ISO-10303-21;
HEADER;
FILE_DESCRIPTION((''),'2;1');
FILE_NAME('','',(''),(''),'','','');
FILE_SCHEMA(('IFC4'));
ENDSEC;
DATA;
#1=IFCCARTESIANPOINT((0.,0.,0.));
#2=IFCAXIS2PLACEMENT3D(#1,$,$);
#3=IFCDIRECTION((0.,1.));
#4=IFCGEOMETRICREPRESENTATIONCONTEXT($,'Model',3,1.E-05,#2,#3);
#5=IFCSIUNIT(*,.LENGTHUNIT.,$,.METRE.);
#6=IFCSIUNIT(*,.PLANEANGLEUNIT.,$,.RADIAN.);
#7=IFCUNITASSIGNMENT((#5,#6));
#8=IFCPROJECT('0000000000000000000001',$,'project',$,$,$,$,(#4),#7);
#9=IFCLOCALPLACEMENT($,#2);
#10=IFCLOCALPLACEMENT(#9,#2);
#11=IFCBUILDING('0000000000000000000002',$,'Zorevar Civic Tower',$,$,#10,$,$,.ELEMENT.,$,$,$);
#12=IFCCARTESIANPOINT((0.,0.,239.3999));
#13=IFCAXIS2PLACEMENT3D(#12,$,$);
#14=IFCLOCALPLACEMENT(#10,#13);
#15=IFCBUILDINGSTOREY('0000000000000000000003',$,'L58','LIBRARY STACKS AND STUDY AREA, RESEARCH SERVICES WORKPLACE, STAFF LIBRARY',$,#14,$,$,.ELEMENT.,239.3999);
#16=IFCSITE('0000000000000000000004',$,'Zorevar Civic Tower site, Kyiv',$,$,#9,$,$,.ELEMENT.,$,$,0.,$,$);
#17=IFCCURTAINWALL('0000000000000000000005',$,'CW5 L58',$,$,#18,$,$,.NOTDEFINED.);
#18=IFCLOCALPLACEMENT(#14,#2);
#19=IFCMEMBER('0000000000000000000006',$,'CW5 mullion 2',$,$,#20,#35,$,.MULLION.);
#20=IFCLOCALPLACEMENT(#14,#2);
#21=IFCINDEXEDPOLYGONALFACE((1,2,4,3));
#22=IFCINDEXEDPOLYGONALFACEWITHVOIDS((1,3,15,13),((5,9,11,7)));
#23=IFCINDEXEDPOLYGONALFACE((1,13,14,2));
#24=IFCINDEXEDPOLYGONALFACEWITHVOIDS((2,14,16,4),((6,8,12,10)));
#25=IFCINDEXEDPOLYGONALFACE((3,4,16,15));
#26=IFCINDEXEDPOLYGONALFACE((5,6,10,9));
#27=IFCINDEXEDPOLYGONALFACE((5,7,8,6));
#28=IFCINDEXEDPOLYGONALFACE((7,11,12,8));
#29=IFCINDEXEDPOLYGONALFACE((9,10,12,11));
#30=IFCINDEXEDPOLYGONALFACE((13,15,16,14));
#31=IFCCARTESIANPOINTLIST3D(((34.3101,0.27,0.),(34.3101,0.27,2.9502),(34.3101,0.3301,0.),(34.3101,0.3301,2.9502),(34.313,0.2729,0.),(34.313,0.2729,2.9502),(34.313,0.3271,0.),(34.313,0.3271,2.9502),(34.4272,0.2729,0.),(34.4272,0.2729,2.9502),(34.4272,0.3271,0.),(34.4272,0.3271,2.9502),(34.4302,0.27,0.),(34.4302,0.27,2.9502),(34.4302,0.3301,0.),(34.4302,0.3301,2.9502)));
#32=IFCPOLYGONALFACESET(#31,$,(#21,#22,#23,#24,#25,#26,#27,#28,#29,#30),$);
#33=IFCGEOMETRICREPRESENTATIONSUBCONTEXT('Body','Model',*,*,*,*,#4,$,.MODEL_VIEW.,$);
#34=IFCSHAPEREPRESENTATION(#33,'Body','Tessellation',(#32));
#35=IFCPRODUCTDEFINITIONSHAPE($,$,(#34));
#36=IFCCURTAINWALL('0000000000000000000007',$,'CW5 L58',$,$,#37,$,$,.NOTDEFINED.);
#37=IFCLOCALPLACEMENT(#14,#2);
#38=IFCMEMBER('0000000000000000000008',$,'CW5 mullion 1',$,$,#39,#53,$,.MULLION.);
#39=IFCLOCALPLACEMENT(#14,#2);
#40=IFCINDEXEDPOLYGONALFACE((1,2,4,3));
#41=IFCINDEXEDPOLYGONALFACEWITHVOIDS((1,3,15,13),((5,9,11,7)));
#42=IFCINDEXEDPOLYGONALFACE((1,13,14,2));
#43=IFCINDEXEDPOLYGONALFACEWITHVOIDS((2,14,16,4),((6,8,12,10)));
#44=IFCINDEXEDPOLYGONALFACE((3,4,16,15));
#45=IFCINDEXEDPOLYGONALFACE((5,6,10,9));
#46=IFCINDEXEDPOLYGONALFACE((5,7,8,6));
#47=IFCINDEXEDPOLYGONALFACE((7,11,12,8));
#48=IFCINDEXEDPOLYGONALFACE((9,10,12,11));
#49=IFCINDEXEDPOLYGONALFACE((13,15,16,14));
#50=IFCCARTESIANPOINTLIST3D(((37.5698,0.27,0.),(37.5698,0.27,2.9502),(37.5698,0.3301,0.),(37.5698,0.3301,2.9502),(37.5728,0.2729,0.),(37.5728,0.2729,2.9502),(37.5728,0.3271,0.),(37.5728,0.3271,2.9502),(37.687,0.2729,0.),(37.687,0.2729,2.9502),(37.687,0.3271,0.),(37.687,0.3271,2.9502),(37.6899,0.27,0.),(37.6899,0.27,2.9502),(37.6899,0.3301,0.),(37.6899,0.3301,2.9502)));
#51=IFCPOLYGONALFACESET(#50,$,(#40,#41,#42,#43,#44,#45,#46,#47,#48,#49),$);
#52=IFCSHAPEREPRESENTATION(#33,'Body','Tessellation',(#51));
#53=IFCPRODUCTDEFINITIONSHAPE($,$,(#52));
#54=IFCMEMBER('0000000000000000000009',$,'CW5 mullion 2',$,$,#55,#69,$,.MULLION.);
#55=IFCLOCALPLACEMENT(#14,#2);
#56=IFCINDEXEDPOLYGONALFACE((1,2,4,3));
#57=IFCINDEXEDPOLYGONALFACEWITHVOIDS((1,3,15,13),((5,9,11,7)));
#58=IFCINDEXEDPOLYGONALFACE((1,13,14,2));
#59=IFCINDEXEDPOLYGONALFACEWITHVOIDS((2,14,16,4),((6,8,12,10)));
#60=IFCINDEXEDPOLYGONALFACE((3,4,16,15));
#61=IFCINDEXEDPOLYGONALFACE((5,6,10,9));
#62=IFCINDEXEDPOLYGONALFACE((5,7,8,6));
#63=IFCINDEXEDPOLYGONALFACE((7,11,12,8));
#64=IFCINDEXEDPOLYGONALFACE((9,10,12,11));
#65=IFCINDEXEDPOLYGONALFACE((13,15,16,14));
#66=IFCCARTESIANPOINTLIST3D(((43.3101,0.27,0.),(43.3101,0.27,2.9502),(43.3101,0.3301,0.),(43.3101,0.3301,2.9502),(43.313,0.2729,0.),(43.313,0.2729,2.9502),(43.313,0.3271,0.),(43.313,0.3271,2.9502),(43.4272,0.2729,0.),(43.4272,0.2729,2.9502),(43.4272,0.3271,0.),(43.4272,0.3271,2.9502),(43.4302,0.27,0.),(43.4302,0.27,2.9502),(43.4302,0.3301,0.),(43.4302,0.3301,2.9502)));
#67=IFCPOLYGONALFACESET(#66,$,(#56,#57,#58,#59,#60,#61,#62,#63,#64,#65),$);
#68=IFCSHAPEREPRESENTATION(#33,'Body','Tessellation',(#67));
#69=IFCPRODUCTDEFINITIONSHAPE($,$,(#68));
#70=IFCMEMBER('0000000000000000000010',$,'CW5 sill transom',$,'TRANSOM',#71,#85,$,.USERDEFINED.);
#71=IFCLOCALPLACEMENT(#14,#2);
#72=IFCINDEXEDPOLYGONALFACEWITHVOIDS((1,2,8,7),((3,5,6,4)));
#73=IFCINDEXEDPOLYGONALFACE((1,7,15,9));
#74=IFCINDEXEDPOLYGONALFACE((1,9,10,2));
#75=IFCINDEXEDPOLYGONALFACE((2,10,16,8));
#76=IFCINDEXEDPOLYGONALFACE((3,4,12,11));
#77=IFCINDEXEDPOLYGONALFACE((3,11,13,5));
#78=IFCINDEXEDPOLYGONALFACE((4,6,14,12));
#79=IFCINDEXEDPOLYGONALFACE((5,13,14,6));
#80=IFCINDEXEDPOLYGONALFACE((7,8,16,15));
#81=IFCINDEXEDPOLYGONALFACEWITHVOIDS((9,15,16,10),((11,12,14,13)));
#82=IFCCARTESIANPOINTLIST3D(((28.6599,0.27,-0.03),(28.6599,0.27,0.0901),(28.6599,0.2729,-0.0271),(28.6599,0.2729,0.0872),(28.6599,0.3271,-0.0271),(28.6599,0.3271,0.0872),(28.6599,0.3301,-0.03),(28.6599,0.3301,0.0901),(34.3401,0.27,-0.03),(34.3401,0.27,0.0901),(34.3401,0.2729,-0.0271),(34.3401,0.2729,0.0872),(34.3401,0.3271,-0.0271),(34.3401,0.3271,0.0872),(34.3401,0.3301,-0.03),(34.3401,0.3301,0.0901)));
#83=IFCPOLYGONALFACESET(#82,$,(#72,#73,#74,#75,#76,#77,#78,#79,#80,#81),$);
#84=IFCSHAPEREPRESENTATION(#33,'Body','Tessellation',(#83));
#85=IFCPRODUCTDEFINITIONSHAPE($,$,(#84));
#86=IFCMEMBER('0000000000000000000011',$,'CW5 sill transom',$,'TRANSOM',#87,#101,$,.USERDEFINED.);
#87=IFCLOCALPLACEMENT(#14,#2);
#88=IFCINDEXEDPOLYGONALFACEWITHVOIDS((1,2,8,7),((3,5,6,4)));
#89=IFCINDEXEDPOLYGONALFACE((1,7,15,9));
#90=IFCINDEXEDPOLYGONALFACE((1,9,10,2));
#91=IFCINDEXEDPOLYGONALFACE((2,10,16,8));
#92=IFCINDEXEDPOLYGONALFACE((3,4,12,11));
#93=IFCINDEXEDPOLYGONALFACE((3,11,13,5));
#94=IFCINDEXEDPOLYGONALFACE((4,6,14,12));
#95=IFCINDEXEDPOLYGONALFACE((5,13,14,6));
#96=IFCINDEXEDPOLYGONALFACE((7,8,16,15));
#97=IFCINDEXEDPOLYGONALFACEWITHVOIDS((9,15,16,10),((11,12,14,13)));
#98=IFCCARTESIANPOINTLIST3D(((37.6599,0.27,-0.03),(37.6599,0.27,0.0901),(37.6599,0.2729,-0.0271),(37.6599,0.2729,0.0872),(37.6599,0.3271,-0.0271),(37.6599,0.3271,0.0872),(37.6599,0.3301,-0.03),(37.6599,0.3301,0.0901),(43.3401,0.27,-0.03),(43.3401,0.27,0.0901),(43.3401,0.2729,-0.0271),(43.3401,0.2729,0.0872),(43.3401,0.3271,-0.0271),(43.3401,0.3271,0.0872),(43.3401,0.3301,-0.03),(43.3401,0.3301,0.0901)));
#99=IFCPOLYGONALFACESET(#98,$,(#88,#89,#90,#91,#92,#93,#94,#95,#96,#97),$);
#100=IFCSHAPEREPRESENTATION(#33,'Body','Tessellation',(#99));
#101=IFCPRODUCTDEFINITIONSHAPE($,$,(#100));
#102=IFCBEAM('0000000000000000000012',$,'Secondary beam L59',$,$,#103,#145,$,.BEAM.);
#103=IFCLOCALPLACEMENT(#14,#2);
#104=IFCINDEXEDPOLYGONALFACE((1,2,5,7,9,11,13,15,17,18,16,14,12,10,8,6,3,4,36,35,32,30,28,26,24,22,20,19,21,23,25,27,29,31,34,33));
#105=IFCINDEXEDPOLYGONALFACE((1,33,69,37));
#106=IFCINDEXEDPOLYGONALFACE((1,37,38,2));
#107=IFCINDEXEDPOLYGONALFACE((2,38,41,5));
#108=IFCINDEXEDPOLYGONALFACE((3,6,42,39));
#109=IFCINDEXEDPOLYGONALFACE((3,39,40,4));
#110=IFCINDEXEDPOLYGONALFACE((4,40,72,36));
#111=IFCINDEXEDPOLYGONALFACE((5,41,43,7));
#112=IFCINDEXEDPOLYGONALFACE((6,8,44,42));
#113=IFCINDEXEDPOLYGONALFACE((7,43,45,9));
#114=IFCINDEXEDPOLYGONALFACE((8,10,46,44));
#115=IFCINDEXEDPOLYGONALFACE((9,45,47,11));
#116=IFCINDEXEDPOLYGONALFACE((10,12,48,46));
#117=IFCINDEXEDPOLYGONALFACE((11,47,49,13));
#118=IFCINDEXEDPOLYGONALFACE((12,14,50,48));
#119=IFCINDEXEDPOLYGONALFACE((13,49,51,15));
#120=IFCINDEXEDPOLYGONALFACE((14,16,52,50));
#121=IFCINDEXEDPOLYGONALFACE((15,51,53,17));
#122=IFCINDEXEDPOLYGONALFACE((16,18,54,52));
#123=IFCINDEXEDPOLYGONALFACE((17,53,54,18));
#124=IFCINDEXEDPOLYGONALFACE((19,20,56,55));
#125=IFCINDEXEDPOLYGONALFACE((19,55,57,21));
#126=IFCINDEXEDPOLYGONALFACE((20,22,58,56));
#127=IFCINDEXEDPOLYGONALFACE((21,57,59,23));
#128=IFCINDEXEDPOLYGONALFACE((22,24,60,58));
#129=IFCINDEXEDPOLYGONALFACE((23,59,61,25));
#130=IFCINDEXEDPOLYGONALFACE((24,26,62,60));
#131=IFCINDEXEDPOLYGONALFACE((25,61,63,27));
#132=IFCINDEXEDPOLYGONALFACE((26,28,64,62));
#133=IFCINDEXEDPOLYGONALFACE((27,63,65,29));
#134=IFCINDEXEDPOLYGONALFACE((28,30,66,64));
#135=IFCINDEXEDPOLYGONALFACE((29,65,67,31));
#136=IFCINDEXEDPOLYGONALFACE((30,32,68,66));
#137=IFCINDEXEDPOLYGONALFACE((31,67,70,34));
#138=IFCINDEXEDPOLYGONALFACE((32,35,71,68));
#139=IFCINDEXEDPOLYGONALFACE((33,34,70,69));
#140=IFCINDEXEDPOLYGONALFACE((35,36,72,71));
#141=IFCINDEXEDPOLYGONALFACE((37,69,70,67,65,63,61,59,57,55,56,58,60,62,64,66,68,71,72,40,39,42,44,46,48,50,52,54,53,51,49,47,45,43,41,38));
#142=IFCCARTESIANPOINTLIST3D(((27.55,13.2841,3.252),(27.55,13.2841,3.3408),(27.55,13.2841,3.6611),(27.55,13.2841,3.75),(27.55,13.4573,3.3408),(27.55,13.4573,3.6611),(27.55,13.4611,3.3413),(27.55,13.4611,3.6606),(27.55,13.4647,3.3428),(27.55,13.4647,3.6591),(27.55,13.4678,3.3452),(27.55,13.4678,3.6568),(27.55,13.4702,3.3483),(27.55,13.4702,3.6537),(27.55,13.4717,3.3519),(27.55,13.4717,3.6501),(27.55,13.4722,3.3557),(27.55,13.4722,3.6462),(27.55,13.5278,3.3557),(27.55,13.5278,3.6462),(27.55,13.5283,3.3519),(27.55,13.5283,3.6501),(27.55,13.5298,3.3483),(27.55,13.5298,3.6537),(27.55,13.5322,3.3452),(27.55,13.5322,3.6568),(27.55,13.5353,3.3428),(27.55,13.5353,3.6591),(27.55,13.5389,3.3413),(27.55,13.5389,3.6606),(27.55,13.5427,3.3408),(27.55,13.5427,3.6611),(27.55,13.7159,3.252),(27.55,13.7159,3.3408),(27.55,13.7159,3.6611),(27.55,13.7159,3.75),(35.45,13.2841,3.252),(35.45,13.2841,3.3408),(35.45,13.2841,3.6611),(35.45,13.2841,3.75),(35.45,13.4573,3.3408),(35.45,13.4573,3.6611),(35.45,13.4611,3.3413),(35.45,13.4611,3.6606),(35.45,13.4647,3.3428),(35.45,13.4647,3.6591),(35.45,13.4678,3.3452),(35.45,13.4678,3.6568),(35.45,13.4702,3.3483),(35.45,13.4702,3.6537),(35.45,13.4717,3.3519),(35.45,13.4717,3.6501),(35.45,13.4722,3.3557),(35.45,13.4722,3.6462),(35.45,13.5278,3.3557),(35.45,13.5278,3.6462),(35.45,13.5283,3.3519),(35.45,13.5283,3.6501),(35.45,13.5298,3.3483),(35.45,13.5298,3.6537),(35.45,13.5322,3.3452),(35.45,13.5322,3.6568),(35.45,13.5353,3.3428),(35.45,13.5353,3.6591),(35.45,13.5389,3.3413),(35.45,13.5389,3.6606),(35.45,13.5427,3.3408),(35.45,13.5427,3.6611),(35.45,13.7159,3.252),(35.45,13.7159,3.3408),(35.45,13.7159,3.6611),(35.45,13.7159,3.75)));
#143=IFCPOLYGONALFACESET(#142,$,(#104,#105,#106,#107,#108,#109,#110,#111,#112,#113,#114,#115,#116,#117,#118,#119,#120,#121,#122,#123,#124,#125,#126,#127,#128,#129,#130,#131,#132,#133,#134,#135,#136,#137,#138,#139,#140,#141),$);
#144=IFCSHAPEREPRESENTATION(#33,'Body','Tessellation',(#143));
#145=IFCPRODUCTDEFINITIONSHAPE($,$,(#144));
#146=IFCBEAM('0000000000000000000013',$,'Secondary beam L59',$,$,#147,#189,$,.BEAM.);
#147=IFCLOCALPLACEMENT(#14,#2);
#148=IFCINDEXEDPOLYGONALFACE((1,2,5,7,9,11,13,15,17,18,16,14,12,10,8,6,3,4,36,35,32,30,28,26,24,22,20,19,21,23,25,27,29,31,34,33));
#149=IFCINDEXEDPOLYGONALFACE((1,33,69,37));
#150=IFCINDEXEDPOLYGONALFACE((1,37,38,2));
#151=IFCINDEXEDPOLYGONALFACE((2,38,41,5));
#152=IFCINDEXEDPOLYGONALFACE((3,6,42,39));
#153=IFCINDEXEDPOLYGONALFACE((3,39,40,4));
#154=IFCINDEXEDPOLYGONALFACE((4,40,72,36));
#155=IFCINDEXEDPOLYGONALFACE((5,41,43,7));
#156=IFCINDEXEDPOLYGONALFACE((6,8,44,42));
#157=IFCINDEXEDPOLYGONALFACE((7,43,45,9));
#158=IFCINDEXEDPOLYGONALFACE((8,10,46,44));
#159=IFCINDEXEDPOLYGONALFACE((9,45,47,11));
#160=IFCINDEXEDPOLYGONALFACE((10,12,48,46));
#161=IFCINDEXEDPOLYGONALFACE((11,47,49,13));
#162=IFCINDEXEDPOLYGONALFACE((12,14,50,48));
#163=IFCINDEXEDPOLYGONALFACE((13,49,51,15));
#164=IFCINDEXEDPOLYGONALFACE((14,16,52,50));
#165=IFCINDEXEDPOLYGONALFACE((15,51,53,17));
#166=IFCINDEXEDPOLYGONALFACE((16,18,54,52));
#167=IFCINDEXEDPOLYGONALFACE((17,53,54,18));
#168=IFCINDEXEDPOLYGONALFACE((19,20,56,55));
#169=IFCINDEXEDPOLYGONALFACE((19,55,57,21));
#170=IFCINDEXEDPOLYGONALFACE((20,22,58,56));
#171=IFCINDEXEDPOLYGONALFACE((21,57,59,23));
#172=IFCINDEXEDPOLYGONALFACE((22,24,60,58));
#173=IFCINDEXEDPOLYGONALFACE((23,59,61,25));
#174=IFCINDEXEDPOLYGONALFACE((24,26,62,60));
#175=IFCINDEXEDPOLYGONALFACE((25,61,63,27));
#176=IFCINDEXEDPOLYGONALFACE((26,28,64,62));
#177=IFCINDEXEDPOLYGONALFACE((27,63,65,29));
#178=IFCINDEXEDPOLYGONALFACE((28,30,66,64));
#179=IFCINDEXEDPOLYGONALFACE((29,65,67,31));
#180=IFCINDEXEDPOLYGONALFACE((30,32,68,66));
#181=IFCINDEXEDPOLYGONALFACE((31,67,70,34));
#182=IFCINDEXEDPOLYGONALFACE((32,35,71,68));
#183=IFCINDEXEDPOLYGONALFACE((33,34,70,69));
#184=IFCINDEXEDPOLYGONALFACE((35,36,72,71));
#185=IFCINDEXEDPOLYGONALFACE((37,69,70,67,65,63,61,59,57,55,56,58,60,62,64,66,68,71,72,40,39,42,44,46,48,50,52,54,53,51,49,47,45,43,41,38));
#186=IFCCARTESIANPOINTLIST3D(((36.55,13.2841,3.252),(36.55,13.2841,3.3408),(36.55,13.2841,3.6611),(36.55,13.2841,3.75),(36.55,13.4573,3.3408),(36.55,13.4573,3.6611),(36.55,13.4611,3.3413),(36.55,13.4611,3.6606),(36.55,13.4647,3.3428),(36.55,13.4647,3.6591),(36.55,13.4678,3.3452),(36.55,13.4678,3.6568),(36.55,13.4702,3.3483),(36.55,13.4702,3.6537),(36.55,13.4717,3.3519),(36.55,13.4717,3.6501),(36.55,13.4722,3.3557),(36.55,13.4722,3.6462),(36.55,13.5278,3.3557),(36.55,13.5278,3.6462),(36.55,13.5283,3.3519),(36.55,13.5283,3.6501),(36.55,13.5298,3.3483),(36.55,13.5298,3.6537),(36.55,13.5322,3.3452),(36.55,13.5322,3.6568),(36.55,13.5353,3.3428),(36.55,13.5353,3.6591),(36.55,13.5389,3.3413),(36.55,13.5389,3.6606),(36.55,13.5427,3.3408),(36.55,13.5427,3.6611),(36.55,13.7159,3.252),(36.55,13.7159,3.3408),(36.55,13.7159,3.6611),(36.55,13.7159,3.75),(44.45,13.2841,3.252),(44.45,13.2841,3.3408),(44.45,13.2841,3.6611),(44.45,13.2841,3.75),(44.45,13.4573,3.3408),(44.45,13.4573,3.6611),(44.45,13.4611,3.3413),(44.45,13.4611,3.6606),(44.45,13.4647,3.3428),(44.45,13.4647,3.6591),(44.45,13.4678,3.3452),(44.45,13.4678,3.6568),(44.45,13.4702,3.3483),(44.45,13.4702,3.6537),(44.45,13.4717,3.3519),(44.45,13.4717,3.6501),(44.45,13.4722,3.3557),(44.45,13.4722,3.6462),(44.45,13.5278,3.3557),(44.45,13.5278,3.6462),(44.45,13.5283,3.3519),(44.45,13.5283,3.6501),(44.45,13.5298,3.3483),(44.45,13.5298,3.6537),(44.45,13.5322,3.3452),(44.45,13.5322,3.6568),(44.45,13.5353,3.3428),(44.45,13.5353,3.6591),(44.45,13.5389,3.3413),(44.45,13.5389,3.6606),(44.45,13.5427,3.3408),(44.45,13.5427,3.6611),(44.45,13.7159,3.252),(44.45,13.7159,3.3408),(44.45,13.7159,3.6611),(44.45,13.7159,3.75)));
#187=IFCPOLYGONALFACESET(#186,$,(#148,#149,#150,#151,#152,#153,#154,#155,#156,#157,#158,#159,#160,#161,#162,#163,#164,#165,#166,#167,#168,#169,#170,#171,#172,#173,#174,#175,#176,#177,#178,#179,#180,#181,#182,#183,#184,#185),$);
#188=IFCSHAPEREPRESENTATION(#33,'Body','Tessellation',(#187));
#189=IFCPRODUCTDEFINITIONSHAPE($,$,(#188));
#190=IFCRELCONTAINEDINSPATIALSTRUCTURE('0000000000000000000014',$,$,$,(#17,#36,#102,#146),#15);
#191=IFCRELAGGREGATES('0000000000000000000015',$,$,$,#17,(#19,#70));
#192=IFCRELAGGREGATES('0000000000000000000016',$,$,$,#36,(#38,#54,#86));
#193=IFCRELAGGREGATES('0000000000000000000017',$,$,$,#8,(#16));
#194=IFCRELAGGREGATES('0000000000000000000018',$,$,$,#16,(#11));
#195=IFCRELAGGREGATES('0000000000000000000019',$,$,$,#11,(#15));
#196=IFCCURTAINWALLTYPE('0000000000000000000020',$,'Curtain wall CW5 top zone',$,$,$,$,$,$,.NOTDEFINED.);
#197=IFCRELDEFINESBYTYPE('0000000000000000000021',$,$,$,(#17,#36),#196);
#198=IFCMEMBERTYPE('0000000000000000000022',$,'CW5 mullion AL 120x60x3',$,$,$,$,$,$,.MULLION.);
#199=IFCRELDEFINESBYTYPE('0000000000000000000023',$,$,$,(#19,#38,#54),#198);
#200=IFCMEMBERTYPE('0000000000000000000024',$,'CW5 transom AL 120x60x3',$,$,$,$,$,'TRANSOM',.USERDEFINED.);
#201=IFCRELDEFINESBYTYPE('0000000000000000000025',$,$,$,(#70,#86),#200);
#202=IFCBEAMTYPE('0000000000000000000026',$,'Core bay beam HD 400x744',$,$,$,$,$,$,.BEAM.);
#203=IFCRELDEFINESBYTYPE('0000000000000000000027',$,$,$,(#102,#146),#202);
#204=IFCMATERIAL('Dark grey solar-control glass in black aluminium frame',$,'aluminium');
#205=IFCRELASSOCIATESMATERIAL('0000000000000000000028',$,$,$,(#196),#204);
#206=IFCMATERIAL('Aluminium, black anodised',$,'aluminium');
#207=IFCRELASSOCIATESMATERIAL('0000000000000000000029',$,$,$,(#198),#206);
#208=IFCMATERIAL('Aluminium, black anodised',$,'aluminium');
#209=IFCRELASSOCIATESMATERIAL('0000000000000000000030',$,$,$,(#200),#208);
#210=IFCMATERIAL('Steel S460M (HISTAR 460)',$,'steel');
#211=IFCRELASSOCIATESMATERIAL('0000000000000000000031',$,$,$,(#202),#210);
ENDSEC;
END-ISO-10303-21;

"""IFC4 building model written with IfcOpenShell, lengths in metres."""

from ifc_helpers import new_model, si_unit, direction, frame, origin, origin_2d, place, context, subcontext, project, spatial, hollow_rectangle, i_section, extrude, material, material_profile, profile_set, type_object, element, aggregate, save


model = new_model("IFC4")

# Units and contexts
model_context = context("Model", 3, precision=1e-05, world=origin(), true_north=direction((0.0, 1.0)))
body_context = subcontext(model_context, "Body", "Model", "MODEL_VIEW")
ifc_project = project(units=[si_unit("LENGTHUNIT", "METRE"), si_unit("PLANEANGLEUNIT", "RADIAN")], contexts=[model_context])

# Site, building, storey
site_placement = place(None, origin())
site = spatial("IfcSite", under=ifc_project, at=site_placement, Name="Zorevar Civic Tower site, Kyiv", CompositionType="ELEMENT", RefElevation=0.0)
building_placement = place(site_placement, origin())
building = spatial("IfcBuilding", under=site, at=building_placement, Name="Zorevar Civic Tower", CompositionType="ELEMENT")
storey_placement = place(building_placement, frame((0.0, 0.0, 239.3999)))
storey = spatial("IfcBuildingStorey", under=building, at=storey_placement, Name="L58", Description="LIBRARY STACKS AND STUDY AREA, RESEARCH SERVICES WORKPLACE, STAFF LIBRARY", CompositionType="ELEMENT", Elevation=239.3999)

# Curtain walls, members
ifc_material_1 = material(Name="Dark grey solar-control glass in black aluminium frame", Category="aluminium")
curtain_wall_type = type_object("IfcCurtainWallType", Name="Curtain wall CW5 top zone", PredefinedType="NOTDEFINED", material=ifc_material_1)
curtain_wall_1_placement = place(storey_placement, origin())
curtain_wall_1 = element("IfcCurtainWall", 1, at=curtain_wall_1_placement, inside=storey, type_object=curtain_wall_type, Name="CW5 L58", PredefinedType="NOTDEFINED")
ifc_material_2 = material(Name="Aluminium, black anodised", Category="aluminium")
ifc_material_profile_1 = material_profile(ifc_material_2, hollow_rectangle(XDim=0.0601, YDim=0.1201, WallThickness=0.0029, at=origin_2d()), Name="AL 120x60x3")
ifc_profile_set_1 = profile_set([ifc_material_profile_1], Name="Aluminium, black anodised")
member_type_1 = type_object("IfcMemberType", Name="CW5 mullion AL 120x60x3", PredefinedType="MULLION", material=ifc_profile_set_1)
member_1_placement = place(storey_placement, frame((34.3701, 0.3, 0.0), z_axis=(0.0, 0.0, 1.0), x_axis=(0.0, 1.0, 0.0)))
member_1 = element("IfcMember", 2, at=member_1_placement, type_object=member_type_1, Name="CW5 mullion 2", PredefinedType="MULLION", context=body_context, shape_type="SweptSolid", body=[
    extrude(hollow_rectangle(XDim=0.0601, YDim=0.1201, WallThickness=0.0029, at=origin_2d()), origin(), (0.0, 0.0, 1.0), 2.9502),
])
curtain_wall_2_placement = place(storey_placement, origin())
curtain_wall_2 = element("IfcCurtainWall", 3, at=curtain_wall_2_placement, inside=storey, type_object=curtain_wall_type, Name="CW5 L58", PredefinedType="NOTDEFINED")
member_2_placement = place(storey_placement, frame((37.6299, 0.3, 0.0), z_axis=(0.0, 0.0, 1.0), x_axis=(0.0, 1.0, 0.0)))
member_2 = element("IfcMember", 4, at=member_2_placement, type_object=member_type_1, Name="CW5 mullion 1", PredefinedType="MULLION", context=body_context, shape_type="SweptSolid", body=[
    extrude(hollow_rectangle(XDim=0.0601, YDim=0.1201, WallThickness=0.0029, at=origin_2d()), origin(), (0.0, 0.0, 1.0), 2.9502),
])
member_3_placement = place(storey_placement, frame((43.3701, 0.3, 0.0), z_axis=(0.0, 0.0, 1.0), x_axis=(0.0, 1.0, 0.0)))
member_3 = element("IfcMember", 5, at=member_3_placement, type_object=member_type_1, Name="CW5 mullion 2", PredefinedType="MULLION", context=body_context, shape_type="SweptSolid", body=[
    extrude(hollow_rectangle(XDim=0.0601, YDim=0.1201, WallThickness=0.0029, at=origin_2d()), origin(), (0.0, 0.0, 1.0), 2.9502),
])

# Members
ifc_material_3 = material(Name="Aluminium, black anodised", Category="aluminium")
ifc_material_profile_2 = material_profile(ifc_material_3, hollow_rectangle(XDim=0.0601, YDim=0.1201, WallThickness=0.0029, at=origin_2d()), Name="AL 120x60x3")
ifc_profile_set_2 = profile_set([ifc_material_profile_2], Name="Aluminium, black anodised")
member_type_2 = type_object("IfcMemberType", Name="CW5 transom AL 120x60x3", ElementType="TRANSOM", PredefinedType="USERDEFINED", material=ifc_profile_set_2)
member_4_placement = place(storey_placement, frame((28.6599, 0.3, 0.03), z_axis=(1.0, 0.0, 0.0), x_axis=(0.0, 1.0, 0.0)))
member_4 = element("IfcMember", 6, at=member_4_placement, type_object=member_type_2, Name="CW5 sill transom", ObjectType="TRANSOM", PredefinedType="USERDEFINED", context=body_context, shape_type="SweptSolid", body=[
    extrude(hollow_rectangle(XDim=0.0601, YDim=0.1201, WallThickness=0.0029, at=origin_2d()), origin(), (0.0, 0.0, 1.0), 5.6802),
])
member_5_placement = place(storey_placement, frame((37.6599, 0.3, 0.03), z_axis=(1.0, 0.0, 0.0), x_axis=(0.0, 1.0, 0.0)))
member_5 = element("IfcMember", 7, at=member_5_placement, type_object=member_type_2, Name="CW5 sill transom", ObjectType="TRANSOM", PredefinedType="USERDEFINED", context=body_context, shape_type="SweptSolid", body=[
    extrude(hollow_rectangle(XDim=0.0601, YDim=0.1201, WallThickness=0.0029, at=origin_2d()), origin(), (0.0, 0.0, 1.0), 5.6802),
])

# Beams
ifc_material_4 = material(Name="Steel S460M (HISTAR 460)", Category="steel")
ifc_material_profile_3 = material_profile(ifc_material_4, i_section(OverallWidth=0.4319, OverallDepth=0.498, WebThickness=0.0557, FlangeThickness=0.0889, FilletRadius=0.0149, at=origin_2d()), Name="HD 400x744")
ifc_profile_set_3 = profile_set([ifc_material_profile_3], Name="Steel S460M (HISTAR 460)")
beam_type_1 = type_object("IfcBeamType", Name="Core bay beam HD 400x744", PredefinedType="BEAM", material=ifc_profile_set_3)
for number, where, z_axis, x_axis, name in (
    (8, (27.55, 13.5, 3.501), (1.0, 0.0, 0.0), (0.0, 1.0, 0.0), "Secondary beam L59"),
    (9, (36.55, 13.5, 3.501), (1.0, 0.0, 0.0), (0.0, 1.0, 0.0), "Secondary beam L59"),
):
    element("IfcBeam", number, at=place(storey_placement, frame(where, z_axis=z_axis, x_axis=x_axis)), inside=storey, type_object=beam_type_1, Name=name, PredefinedType="BEAM", context=body_context, shape_type="SweptSolid", body=[
        extrude(i_section(OverallWidth=0.4319, OverallDepth=0.498, WebThickness=0.0557, FlangeThickness=0.0889, FilletRadius=0.0149, at=origin_2d()), origin(), (0.0, 0.0, 1.0), 7.8999),
    ])

aggregate(curtain_wall_1, [member_1, member_4])
aggregate(curtain_wall_2, [member_2, member_3, member_5])

save(model, "model.ifc")
